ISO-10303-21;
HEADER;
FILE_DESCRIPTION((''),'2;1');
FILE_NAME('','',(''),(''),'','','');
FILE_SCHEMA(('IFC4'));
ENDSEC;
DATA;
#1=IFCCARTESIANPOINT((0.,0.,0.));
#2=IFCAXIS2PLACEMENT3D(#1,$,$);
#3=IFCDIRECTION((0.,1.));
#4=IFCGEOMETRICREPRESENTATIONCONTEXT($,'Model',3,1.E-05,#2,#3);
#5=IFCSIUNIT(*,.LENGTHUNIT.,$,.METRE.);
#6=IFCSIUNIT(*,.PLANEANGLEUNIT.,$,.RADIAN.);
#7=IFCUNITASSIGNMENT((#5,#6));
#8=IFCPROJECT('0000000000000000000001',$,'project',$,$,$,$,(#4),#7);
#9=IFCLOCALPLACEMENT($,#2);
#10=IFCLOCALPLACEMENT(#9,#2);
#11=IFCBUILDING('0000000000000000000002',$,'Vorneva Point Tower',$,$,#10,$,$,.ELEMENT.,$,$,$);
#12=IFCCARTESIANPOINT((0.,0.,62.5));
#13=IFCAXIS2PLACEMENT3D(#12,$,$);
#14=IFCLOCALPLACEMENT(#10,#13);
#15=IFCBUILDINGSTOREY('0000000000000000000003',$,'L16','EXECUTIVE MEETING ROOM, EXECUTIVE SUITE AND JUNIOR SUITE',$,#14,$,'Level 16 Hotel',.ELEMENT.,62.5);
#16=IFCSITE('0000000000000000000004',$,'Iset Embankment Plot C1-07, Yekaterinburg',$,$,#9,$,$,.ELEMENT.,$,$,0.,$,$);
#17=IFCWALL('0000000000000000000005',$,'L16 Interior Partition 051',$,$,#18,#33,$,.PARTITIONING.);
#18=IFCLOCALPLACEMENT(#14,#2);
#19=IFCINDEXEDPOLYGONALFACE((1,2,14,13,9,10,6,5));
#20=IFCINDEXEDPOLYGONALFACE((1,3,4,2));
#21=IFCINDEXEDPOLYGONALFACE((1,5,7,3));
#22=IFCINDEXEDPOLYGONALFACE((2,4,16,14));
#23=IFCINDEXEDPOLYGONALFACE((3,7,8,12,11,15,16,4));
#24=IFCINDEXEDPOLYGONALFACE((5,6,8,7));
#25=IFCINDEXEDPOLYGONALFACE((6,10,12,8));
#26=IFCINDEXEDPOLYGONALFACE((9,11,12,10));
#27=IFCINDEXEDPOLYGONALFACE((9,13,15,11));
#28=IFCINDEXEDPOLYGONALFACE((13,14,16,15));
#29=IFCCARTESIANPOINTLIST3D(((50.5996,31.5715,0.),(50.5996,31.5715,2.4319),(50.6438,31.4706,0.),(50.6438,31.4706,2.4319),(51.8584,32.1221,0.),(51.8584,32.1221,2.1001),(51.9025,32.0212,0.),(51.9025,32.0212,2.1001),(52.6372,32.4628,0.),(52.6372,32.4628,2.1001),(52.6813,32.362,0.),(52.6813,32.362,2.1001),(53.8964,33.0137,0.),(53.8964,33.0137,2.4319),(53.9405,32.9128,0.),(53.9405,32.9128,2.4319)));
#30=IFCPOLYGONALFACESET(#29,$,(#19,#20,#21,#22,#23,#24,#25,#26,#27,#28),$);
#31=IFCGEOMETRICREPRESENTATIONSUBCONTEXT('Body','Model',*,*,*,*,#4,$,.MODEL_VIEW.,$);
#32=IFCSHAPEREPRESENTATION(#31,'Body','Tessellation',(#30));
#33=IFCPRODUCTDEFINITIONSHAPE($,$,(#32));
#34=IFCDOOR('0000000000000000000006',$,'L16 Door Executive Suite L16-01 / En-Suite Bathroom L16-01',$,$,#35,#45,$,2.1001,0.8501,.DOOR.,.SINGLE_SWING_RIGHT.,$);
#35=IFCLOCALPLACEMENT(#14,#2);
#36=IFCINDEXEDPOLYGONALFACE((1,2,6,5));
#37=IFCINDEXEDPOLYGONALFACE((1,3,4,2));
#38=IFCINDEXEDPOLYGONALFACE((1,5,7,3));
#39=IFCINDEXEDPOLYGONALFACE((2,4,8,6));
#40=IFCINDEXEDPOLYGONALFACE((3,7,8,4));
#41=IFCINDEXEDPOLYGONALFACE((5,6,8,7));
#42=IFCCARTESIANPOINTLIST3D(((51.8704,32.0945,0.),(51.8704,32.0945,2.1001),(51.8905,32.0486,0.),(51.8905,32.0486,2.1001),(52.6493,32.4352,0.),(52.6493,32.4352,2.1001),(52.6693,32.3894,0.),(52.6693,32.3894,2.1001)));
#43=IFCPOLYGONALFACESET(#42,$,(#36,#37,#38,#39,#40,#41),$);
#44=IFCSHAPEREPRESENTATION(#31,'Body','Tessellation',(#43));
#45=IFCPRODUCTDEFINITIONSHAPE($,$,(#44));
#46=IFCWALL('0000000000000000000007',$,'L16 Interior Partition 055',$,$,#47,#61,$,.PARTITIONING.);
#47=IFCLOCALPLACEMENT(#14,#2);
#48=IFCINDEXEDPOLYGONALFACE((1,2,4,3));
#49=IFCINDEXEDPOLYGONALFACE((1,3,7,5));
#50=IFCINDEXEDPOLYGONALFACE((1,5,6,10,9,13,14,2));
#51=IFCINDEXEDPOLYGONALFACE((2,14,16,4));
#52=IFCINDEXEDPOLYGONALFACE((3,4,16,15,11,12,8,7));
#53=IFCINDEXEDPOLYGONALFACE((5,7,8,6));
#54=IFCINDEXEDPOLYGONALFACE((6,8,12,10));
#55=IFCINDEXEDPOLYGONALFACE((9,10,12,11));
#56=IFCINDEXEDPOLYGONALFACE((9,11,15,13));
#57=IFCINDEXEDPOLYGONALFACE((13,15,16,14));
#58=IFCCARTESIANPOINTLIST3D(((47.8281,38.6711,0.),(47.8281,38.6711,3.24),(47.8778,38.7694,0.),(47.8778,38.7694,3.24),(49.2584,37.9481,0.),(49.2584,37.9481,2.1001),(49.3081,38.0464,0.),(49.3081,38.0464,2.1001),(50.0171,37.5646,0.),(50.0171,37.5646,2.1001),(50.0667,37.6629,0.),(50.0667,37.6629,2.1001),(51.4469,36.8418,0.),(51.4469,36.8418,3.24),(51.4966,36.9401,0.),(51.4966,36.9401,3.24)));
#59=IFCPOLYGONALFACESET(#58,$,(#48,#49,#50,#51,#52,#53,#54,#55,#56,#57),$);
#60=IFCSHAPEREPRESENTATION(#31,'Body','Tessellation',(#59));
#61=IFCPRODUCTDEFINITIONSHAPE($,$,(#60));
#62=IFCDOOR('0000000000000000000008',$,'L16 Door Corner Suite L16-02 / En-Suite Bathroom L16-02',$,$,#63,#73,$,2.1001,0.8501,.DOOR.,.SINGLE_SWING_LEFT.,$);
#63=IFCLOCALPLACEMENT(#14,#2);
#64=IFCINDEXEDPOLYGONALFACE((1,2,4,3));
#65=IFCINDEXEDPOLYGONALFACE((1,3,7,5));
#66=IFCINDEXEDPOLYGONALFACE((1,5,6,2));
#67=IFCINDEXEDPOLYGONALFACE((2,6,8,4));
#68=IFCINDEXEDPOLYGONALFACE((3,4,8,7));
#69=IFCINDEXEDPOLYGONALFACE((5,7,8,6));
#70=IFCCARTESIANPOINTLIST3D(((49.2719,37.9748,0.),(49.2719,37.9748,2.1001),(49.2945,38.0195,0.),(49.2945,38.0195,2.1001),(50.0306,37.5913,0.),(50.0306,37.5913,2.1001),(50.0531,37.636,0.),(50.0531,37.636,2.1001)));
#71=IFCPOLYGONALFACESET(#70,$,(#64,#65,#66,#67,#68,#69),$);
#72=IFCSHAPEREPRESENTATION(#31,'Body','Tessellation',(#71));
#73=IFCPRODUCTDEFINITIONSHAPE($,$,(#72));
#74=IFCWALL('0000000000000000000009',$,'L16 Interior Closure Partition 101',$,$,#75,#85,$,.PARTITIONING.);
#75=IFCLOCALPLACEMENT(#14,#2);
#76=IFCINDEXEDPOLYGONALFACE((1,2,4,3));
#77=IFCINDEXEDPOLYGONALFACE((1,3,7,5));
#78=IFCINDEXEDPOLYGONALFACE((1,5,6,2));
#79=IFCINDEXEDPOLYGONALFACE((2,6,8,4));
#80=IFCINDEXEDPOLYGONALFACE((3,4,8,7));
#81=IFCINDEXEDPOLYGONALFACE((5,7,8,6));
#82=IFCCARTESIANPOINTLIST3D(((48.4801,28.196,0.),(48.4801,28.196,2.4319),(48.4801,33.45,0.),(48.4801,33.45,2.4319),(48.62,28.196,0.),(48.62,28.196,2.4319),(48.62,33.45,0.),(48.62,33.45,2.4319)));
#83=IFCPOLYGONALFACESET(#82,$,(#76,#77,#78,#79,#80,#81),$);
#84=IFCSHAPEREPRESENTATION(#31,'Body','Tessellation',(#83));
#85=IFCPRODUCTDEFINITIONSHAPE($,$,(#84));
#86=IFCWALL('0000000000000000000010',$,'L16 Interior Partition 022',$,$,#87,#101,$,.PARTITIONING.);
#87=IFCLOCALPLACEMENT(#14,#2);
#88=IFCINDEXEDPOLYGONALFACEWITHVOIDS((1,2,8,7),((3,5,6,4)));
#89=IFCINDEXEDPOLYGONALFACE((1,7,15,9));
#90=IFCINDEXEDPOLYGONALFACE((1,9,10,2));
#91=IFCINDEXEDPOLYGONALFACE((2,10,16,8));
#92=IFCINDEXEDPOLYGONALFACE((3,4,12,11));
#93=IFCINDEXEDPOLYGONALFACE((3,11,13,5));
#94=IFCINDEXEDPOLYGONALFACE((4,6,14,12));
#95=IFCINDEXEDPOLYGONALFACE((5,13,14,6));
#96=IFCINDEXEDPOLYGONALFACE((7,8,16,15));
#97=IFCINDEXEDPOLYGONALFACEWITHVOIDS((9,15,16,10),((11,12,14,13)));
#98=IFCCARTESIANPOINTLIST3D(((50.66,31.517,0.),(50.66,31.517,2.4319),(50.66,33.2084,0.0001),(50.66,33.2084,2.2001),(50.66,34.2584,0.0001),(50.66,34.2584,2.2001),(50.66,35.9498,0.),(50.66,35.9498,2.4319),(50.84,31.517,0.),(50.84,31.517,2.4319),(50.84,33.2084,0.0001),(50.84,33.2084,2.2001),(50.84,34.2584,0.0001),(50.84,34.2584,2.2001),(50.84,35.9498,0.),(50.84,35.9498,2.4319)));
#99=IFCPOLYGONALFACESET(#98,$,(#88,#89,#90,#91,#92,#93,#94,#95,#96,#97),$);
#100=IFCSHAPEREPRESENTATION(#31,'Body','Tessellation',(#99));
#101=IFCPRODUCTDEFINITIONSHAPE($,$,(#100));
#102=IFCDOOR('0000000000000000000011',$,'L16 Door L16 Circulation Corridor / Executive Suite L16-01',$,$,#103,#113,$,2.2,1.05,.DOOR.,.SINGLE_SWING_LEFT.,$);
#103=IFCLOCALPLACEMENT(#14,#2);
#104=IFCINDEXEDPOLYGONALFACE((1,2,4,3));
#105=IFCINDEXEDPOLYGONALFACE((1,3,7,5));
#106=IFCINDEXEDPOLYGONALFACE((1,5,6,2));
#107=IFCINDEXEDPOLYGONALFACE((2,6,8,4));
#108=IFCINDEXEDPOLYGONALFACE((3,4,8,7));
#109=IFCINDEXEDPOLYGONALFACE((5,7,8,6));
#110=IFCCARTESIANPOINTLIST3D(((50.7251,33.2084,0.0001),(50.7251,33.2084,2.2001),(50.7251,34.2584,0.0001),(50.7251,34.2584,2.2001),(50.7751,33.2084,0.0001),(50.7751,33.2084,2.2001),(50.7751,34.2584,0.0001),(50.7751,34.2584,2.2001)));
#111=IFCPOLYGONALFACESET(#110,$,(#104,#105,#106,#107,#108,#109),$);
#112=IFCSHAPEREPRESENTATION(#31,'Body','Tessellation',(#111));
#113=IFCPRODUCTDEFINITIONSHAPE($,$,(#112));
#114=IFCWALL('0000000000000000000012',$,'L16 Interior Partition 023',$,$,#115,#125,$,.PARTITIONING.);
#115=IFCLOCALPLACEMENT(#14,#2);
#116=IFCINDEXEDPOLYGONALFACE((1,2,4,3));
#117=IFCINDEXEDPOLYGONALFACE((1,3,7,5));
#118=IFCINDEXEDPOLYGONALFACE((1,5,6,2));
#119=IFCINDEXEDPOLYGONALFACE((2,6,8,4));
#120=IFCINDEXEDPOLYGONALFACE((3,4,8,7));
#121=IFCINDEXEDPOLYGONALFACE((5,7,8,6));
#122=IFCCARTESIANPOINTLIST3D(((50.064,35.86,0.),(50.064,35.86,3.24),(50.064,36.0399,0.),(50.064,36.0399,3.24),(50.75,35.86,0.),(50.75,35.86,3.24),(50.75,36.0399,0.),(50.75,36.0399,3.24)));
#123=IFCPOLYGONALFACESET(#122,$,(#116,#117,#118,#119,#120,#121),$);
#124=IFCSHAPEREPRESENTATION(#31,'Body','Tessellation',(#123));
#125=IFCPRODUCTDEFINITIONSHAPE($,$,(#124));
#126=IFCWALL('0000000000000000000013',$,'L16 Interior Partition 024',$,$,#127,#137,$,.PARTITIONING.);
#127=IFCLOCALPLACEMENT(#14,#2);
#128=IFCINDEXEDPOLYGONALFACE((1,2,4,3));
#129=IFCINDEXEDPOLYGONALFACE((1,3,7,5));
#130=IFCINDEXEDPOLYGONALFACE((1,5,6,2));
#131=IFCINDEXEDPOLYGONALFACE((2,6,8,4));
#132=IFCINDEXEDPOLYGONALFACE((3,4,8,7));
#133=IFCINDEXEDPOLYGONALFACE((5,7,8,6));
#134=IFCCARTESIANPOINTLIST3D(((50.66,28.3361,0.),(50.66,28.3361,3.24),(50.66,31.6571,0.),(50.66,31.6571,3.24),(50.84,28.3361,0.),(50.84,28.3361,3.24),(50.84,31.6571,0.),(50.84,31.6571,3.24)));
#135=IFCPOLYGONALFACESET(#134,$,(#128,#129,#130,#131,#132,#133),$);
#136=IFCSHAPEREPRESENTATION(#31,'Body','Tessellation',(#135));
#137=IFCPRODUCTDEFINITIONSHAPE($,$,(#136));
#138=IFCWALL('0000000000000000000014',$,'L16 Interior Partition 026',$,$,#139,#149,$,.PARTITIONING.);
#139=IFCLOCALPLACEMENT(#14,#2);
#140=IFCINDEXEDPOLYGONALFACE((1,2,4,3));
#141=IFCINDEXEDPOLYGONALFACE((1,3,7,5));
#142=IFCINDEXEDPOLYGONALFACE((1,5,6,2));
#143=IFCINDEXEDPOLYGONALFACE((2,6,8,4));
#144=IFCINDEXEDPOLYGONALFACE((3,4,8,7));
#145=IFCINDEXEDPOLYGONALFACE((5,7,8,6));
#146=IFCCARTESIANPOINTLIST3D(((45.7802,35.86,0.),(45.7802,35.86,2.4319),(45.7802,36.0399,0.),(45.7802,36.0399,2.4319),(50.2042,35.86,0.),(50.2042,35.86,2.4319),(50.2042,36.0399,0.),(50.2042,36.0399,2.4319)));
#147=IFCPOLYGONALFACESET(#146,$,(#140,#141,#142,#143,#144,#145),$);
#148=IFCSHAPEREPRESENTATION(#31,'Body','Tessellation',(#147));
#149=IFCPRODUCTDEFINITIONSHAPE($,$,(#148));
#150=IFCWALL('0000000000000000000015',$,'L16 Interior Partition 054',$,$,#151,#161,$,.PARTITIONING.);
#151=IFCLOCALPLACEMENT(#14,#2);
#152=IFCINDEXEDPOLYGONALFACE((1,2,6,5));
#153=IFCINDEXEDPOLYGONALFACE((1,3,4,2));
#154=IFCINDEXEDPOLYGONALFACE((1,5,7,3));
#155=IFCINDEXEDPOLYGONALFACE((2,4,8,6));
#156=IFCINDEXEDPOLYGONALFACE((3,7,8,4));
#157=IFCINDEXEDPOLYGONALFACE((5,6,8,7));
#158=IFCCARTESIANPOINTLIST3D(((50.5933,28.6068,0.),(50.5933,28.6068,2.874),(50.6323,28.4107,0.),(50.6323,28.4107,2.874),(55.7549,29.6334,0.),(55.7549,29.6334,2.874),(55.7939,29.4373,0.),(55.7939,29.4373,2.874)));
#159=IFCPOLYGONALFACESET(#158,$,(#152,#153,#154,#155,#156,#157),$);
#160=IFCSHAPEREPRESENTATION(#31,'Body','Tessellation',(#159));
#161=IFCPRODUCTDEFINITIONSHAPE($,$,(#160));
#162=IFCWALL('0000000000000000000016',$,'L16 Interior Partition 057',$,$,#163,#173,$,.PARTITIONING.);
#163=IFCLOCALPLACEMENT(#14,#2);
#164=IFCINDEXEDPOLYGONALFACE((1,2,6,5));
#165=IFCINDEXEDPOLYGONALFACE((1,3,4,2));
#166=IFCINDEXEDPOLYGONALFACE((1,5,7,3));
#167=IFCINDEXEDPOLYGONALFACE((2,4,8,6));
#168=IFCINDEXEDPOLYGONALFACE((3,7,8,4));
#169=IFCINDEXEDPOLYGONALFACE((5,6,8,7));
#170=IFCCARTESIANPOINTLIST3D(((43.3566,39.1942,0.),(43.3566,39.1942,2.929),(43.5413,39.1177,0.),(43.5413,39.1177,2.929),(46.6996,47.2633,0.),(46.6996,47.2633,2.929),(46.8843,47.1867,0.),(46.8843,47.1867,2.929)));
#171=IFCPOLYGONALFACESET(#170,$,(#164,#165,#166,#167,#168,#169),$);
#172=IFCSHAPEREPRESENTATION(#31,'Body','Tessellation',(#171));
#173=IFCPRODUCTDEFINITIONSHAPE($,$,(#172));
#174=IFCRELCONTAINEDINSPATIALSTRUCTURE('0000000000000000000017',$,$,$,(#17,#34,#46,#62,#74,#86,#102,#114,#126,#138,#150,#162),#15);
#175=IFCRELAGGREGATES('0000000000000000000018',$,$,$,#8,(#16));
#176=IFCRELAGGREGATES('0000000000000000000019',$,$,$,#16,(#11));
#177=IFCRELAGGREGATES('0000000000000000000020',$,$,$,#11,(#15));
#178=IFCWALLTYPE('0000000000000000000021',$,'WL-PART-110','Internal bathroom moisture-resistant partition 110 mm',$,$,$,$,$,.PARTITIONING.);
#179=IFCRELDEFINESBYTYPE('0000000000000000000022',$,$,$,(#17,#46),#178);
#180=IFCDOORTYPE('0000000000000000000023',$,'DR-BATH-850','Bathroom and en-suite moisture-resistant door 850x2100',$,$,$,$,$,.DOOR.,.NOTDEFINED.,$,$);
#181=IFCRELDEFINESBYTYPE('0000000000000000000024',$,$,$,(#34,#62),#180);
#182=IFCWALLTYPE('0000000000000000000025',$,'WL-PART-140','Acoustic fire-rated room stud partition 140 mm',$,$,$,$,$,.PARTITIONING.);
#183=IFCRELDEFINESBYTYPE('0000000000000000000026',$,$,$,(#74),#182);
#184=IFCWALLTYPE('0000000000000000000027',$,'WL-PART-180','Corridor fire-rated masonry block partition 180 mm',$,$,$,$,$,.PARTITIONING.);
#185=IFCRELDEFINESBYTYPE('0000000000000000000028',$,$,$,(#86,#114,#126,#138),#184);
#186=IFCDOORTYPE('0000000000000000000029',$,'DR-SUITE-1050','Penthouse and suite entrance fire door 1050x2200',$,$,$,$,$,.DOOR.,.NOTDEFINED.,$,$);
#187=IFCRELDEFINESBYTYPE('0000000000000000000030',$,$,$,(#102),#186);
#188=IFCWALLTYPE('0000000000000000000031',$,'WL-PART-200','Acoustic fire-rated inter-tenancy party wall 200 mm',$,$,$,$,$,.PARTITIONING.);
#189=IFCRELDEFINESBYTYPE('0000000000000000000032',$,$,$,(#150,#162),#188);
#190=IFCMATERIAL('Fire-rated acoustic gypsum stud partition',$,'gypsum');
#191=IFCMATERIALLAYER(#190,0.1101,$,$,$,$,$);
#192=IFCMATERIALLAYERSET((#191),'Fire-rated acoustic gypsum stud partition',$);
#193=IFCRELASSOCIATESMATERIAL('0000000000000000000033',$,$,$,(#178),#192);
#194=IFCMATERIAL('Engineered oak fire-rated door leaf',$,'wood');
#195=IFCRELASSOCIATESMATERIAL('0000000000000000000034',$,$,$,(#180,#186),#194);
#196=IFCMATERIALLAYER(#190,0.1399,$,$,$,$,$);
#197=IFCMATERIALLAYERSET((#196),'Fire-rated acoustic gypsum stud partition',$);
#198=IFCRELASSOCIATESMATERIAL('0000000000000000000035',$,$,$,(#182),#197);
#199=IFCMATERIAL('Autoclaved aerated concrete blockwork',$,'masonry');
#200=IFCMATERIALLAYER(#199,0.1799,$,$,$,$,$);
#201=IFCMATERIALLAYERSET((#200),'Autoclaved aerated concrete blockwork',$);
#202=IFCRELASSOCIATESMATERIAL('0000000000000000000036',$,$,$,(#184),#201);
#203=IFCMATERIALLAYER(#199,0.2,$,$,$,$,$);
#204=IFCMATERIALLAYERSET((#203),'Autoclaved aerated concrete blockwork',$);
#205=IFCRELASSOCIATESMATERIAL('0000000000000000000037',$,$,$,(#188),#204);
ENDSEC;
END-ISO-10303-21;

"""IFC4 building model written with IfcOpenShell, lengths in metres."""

from ifc_helpers import new_model, si_unit, direction, frame, frame_2d, origin, place, context, subcontext, project, spatial, rectangle, extrude, material, layer, layer_set, type_object, element, fill, save


model = new_model("IFC4")

# Units and contexts
model_context = context("Model", 3, precision=1e-05, world=origin(), true_north=direction((0.0, 1.0)))
body_context = subcontext(model_context, "Body", "Model", "MODEL_VIEW")
ifc_project = project(units=[si_unit("LENGTHUNIT", "METRE"), si_unit("PLANEANGLEUNIT", "RADIAN")], contexts=[model_context])

# Site, building, storey
site_placement = place(None, origin())
site = spatial("IfcSite", under=ifc_project, at=site_placement, Name="Iset Embankment Plot C1-07, Yekaterinburg", CompositionType="ELEMENT", RefElevation=0.0)
building_placement = place(site_placement, origin())
building = spatial("IfcBuilding", under=site, at=building_placement, Name="Vorneva Point Tower", CompositionType="ELEMENT")
storey_placement = place(building_placement, frame((0.0, 0.0, 62.5)))
storey = spatial("IfcBuildingStorey", under=building, at=storey_placement, Name="L16", Description="EXECUTIVE MEETING ROOM, EXECUTIVE SUITE AND JUNIOR SUITE", LongName="Level 16 Hotel", CompositionType="ELEMENT", Elevation=62.5)

# Walls, openings, doors
ifc_material_1 = material(Name="Fire-rated acoustic gypsum stud partition", Category="gypsum")
ifc_layer_1 = layer(ifc_material_1, 0.1101)
ifc_layer_set_1 = layer_set([ifc_layer_1], Name="Fire-rated acoustic gypsum stud partition")
wall_type_1 = type_object("IfcWallType", Name="WL-PART-110", Description="Internal bathroom moisture-resistant partition 110 mm", PredefinedType="PARTITIONING", material=ifc_layer_set_1)
wall_1_placement = place(storey_placement, frame((50.6216, 31.521, 0.0), z_axis=(0.0, 0.0, 1.0), x_axis=(0.916171, 0.400787, 0.0)))
wall_1 = element("IfcWall", 1, at=wall_1_placement, inside=storey, type_object=wall_type_1, Name="L16 Interior Partition 051", PredefinedType="PARTITIONING", context=body_context, shape_type="SweptSolid", body=[
    extrude(rectangle(XDim=3.5984, YDim=0.1101, at=frame_2d((1.7993, 0.0))), origin(), (0.0, 0.0, 1.0), 2.4319),
])
opening_1_placement = place(wall_1_placement, frame((1.374, 0.0, 0.0)))
opening_1 = element("IfcOpeningElement", 2, at=opening_1_placement, cuts=wall_1, PredefinedType="OPENING", context=body_context, shape_type="SweptSolid", body=[
    extrude(rectangle(XDim=0.8501, YDim=2.1001, at=frame_2d((0.425, 1.05))), frame((0.0, 0.0698, 0.0), z_axis=(0.0, -1.0, 0.0), x_axis=(1.0, 0.0, 0.0)), (0.0, 0.0, 1.0), 0.1399),
])
ifc_material_2 = material(Name="Engineered oak fire-rated door leaf", Category="wood")
door_type_1 = type_object("IfcDoorType", Name="DR-BATH-850", Description="Bathroom and en-suite moisture-resistant door 850x2100", OperationType="NOTDEFINED", PredefinedType="DOOR", material=ifc_material_2)
door_1_placement = place(opening_1_placement, origin())
door_1 = element("IfcDoor", 3, at=door_1_placement, inside=storey, type_object=door_type_1, Name="L16 Door Executive Suite L16-01 / En-Suite Bathroom L16-01", OperationType="SINGLE_SWING_RIGHT", OverallHeight=2.1001, OverallWidth=0.8501, PredefinedType="DOOR", context=body_context, shape_type="SweptSolid", body=[
    extrude(rectangle(XDim=0.8501, YDim=2.1001, at=frame_2d((0.425, 1.05))), frame((0.0, 0.0249, 0.0), z_axis=(0.0, -1.0, 0.0), x_axis=(1.0, 0.0, 0.0)), (0.0, 0.0, 1.0), 0.05),
])
fill(opening_1, door_1)
wall_2_placement = place(storey_placement, frame((47.853, 38.7202, 0.0), z_axis=(0.0, 0.0, 1.0), x_axis=(0.892456, -0.451135, 0.0)))
wall_2 = element("IfcWall", 4, at=wall_2_placement, inside=storey, type_object=wall_type_1, Name="L16 Interior Partition 055", PredefinedType="PARTITIONING", context=body_context, shape_type="SweptSolid", body=[
    extrude(rectangle(XDim=4.0549, YDim=0.1101, at=frame_2d((2.0273, 0.0))), origin(), (0.0, 0.0, 1.0), 3.24),
])
opening_2_placement = place(wall_2_placement, frame((1.6025, 0.0, 0.0)))
opening_2 = element("IfcOpeningElement", 5, at=opening_2_placement, cuts=wall_2, PredefinedType="OPENING", context=body_context, shape_type="SweptSolid", body=[
    extrude(rectangle(XDim=0.8501, YDim=2.1001, at=frame_2d((0.425, 1.05))), frame((0.0, 0.0698, 0.0), z_axis=(0.0, -1.0, 0.0), x_axis=(1.0, 0.0, 0.0)), (0.0, 0.0, 1.0), 0.1399),
])
door_2_placement = place(opening_2_placement, origin())
door_2 = element("IfcDoor", 6, at=door_2_placement, inside=storey, type_object=door_type_1, Name="L16 Door Corner Suite L16-02 / En-Suite Bathroom L16-02", OperationType="SINGLE_SWING_LEFT", OverallHeight=2.1001, OverallWidth=0.8501, PredefinedType="DOOR", context=body_context, shape_type="SweptSolid", body=[
    extrude(rectangle(XDim=0.8501, YDim=2.1001, at=frame_2d((0.425, 1.05))), frame((0.0, 0.0249, 0.0), z_axis=(0.0, -1.0, 0.0), x_axis=(1.0, 0.0, 0.0)), (0.0, 0.0, 1.0), 0.05),
])
fill(opening_2, door_2)

# Wall
ifc_layer_2 = layer(ifc_material_1, 0.1399)
ifc_layer_set_2 = layer_set([ifc_layer_2], Name="Fire-rated acoustic gypsum stud partition")
wall_type_2 = type_object("IfcWallType", Name="WL-PART-140", Description="Acoustic fire-rated room stud partition 140 mm", PredefinedType="PARTITIONING", material=ifc_layer_set_2)
wall_3_placement = place(storey_placement, frame((48.55, 33.45, 0.0), z_axis=(0.0, 0.0, 1.0), x_axis=(0.0, -1.0, 0.0)))
element("IfcWall", 7, at=wall_3_placement, inside=storey, type_object=wall_type_2, Name="L16 Interior Closure Partition 101", PredefinedType="PARTITIONING", context=body_context, shape_type="SweptSolid", body=[
    extrude(rectangle(XDim=5.2539, YDim=0.1399, at=frame_2d((2.627, 0.0))), origin(), (0.0, 0.0, 1.0), 2.4319),
])

# Wall, opening, door
ifc_material_3 = material(Name="Autoclaved aerated concrete blockwork", Category="masonry")
ifc_layer_3 = layer(ifc_material_3, 0.1799)
ifc_layer_set_3 = layer_set([ifc_layer_3], Name="Autoclaved aerated concrete blockwork")
wall_type_3 = type_object("IfcWallType", Name="WL-PART-180", Description="Corridor fire-rated masonry block partition 180 mm", PredefinedType="PARTITIONING", material=ifc_layer_set_3)
wall_4_placement = place(storey_placement, frame((50.75, 31.5171, 0.0), z_axis=(0.0, 0.0, 1.0), x_axis=(0.0, 1.0, 0.0)))
wall_4 = element("IfcWall", 8, at=wall_4_placement, inside=storey, type_object=wall_type_3, Name="L16 Interior Partition 022", PredefinedType="PARTITIONING", context=body_context, shape_type="SweptSolid", body=[
    extrude(rectangle(XDim=4.4329, YDim=0.1799, at=frame_2d((2.2163, 0.0))), origin(), (0.0, 0.0, 1.0), 2.4319),
])
opening_3_placement = place(wall_4_placement, frame((1.6914, 0.0, 0.0)))
opening_3 = element("IfcOpeningElement", 9, at=opening_3_placement, cuts=wall_4, PredefinedType="OPENING", context=body_context, shape_type="SweptSolid", body=[
    extrude(rectangle(XDim=1.05, YDim=2.2, at=frame_2d((0.5249, 1.1001))), frame((0.0, 0.105, 0.0), z_axis=(0.0, -1.0, 0.0), x_axis=(1.0, 0.0, 0.0)), (0.0, 0.0, 1.0), 0.2097),
])
door_type_2 = type_object("IfcDoorType", Name="DR-SUITE-1050", Description="Penthouse and suite entrance fire door 1050x2200", OperationType="NOTDEFINED", PredefinedType="DOOR", material=ifc_material_2)
door_3_placement = place(opening_3_placement, origin())
door_3 = element("IfcDoor", 10, at=door_3_placement, inside=storey, type_object=door_type_2, Name="L16 Door L16 Circulation Corridor / Executive Suite L16-01", OperationType="SINGLE_SWING_LEFT", OverallHeight=2.2, OverallWidth=1.05, PredefinedType="DOOR", context=body_context, shape_type="SweptSolid", body=[
    extrude(rectangle(XDim=1.05, YDim=2.2, at=frame_2d((0.5249, 1.1001))), frame((0.0, 0.0249, 0.0), z_axis=(0.0, -1.0, 0.0), x_axis=(1.0, 0.0, 0.0)), (0.0, 0.0, 1.0), 0.05),
])
fill(opening_3, door_3)

# Walls
wall_5_placement = place(storey_placement, frame((50.75, 35.95, 0.0), z_axis=(0.0, 0.0, 1.0), x_axis=(-1.0, 0.0, 0.0)))
element("IfcWall", 11, at=wall_5_placement, inside=storey, type_object=wall_type_3, Name="L16 Interior Partition 023", PredefinedType="PARTITIONING", context=body_context, shape_type="SweptSolid", body=[
    extrude(rectangle(XDim=0.686, YDim=0.1799, at=frame_2d((0.343, 0.0))), origin(), (0.0, 0.0, 1.0), 3.24),
])
wall_6_placement = place(storey_placement, frame((50.75, 28.3359, 0.0), z_axis=(0.0, 0.0, 1.0), x_axis=(0.0, 1.0, 0.0)))
element("IfcWall", 12, at=wall_6_placement, inside=storey, type_object=wall_type_3, Name="L16 Interior Partition 024", PredefinedType="PARTITIONING", context=body_context, shape_type="SweptSolid", body=[
    extrude(rectangle(XDim=3.321, YDim=0.1799, at=frame_2d((1.6606, 0.0))), origin(), (0.0, 0.0, 1.0), 3.24),
])
wall_7_placement = place(storey_placement, frame((50.2041, 35.95, 0.0), z_axis=(0.0, 0.0, 1.0), x_axis=(-1.0, 0.0, 0.0)))
element("IfcWall", 13, at=wall_7_placement, inside=storey, type_object=wall_type_3, Name="L16 Interior Partition 026", PredefinedType="PARTITIONING", context=body_context, shape_type="SweptSolid", body=[
    extrude(rectangle(XDim=4.4241, YDim=0.1799, at=frame_2d((2.2119, 0.0))), origin(), (0.0, 0.0, 1.0), 2.4319),
])
ifc_layer_4 = layer(ifc_material_3, 0.2)
ifc_layer_set_4 = layer_set([ifc_layer_4], Name="Autoclaved aerated concrete blockwork")
wall_type_4 = type_object("IfcWallType", Name="WL-PART-200", Description="Acoustic fire-rated inter-tenancy party wall 200 mm", PredefinedType="PARTITIONING", material=ifc_layer_set_4)
wall_8_placement = place(storey_placement, frame((50.6128, 28.5088, 0.0), z_axis=(0.0, 0.0, 1.0), x_axis=(0.980789, 0.195072, 0.0)))
element("IfcWall", 14, at=wall_8_placement, inside=storey, type_object=wall_type_4, Name="L16 Interior Partition 054", PredefinedType="PARTITIONING", context=body_context, shape_type="SweptSolid", body=[
    extrude(rectangle(XDim=5.2627, YDim=0.2, at=frame_2d((2.6313, 0.0))), origin(), (0.0, 0.0, 1.0), 2.874),
])
wall_9_placement = place(storey_placement, frame((46.792, 47.2251, 0.0), z_axis=(0.0, 0.0, 1.0), x_axis=(-0.382751, -0.923852, 0.0)))
element("IfcWall", 15, at=wall_9_placement, inside=storey, type_object=wall_type_4, Name="L16 Interior Partition 057", PredefinedType="PARTITIONING", context=body_context, shape_type="SweptSolid", body=[
    extrude(rectangle(XDim=8.7341, YDim=0.2, at=frame_2d((4.3672, 0.0))), origin(), (0.0, 0.0, 1.0), 2.929),
])

save(model, "model.ifc")
